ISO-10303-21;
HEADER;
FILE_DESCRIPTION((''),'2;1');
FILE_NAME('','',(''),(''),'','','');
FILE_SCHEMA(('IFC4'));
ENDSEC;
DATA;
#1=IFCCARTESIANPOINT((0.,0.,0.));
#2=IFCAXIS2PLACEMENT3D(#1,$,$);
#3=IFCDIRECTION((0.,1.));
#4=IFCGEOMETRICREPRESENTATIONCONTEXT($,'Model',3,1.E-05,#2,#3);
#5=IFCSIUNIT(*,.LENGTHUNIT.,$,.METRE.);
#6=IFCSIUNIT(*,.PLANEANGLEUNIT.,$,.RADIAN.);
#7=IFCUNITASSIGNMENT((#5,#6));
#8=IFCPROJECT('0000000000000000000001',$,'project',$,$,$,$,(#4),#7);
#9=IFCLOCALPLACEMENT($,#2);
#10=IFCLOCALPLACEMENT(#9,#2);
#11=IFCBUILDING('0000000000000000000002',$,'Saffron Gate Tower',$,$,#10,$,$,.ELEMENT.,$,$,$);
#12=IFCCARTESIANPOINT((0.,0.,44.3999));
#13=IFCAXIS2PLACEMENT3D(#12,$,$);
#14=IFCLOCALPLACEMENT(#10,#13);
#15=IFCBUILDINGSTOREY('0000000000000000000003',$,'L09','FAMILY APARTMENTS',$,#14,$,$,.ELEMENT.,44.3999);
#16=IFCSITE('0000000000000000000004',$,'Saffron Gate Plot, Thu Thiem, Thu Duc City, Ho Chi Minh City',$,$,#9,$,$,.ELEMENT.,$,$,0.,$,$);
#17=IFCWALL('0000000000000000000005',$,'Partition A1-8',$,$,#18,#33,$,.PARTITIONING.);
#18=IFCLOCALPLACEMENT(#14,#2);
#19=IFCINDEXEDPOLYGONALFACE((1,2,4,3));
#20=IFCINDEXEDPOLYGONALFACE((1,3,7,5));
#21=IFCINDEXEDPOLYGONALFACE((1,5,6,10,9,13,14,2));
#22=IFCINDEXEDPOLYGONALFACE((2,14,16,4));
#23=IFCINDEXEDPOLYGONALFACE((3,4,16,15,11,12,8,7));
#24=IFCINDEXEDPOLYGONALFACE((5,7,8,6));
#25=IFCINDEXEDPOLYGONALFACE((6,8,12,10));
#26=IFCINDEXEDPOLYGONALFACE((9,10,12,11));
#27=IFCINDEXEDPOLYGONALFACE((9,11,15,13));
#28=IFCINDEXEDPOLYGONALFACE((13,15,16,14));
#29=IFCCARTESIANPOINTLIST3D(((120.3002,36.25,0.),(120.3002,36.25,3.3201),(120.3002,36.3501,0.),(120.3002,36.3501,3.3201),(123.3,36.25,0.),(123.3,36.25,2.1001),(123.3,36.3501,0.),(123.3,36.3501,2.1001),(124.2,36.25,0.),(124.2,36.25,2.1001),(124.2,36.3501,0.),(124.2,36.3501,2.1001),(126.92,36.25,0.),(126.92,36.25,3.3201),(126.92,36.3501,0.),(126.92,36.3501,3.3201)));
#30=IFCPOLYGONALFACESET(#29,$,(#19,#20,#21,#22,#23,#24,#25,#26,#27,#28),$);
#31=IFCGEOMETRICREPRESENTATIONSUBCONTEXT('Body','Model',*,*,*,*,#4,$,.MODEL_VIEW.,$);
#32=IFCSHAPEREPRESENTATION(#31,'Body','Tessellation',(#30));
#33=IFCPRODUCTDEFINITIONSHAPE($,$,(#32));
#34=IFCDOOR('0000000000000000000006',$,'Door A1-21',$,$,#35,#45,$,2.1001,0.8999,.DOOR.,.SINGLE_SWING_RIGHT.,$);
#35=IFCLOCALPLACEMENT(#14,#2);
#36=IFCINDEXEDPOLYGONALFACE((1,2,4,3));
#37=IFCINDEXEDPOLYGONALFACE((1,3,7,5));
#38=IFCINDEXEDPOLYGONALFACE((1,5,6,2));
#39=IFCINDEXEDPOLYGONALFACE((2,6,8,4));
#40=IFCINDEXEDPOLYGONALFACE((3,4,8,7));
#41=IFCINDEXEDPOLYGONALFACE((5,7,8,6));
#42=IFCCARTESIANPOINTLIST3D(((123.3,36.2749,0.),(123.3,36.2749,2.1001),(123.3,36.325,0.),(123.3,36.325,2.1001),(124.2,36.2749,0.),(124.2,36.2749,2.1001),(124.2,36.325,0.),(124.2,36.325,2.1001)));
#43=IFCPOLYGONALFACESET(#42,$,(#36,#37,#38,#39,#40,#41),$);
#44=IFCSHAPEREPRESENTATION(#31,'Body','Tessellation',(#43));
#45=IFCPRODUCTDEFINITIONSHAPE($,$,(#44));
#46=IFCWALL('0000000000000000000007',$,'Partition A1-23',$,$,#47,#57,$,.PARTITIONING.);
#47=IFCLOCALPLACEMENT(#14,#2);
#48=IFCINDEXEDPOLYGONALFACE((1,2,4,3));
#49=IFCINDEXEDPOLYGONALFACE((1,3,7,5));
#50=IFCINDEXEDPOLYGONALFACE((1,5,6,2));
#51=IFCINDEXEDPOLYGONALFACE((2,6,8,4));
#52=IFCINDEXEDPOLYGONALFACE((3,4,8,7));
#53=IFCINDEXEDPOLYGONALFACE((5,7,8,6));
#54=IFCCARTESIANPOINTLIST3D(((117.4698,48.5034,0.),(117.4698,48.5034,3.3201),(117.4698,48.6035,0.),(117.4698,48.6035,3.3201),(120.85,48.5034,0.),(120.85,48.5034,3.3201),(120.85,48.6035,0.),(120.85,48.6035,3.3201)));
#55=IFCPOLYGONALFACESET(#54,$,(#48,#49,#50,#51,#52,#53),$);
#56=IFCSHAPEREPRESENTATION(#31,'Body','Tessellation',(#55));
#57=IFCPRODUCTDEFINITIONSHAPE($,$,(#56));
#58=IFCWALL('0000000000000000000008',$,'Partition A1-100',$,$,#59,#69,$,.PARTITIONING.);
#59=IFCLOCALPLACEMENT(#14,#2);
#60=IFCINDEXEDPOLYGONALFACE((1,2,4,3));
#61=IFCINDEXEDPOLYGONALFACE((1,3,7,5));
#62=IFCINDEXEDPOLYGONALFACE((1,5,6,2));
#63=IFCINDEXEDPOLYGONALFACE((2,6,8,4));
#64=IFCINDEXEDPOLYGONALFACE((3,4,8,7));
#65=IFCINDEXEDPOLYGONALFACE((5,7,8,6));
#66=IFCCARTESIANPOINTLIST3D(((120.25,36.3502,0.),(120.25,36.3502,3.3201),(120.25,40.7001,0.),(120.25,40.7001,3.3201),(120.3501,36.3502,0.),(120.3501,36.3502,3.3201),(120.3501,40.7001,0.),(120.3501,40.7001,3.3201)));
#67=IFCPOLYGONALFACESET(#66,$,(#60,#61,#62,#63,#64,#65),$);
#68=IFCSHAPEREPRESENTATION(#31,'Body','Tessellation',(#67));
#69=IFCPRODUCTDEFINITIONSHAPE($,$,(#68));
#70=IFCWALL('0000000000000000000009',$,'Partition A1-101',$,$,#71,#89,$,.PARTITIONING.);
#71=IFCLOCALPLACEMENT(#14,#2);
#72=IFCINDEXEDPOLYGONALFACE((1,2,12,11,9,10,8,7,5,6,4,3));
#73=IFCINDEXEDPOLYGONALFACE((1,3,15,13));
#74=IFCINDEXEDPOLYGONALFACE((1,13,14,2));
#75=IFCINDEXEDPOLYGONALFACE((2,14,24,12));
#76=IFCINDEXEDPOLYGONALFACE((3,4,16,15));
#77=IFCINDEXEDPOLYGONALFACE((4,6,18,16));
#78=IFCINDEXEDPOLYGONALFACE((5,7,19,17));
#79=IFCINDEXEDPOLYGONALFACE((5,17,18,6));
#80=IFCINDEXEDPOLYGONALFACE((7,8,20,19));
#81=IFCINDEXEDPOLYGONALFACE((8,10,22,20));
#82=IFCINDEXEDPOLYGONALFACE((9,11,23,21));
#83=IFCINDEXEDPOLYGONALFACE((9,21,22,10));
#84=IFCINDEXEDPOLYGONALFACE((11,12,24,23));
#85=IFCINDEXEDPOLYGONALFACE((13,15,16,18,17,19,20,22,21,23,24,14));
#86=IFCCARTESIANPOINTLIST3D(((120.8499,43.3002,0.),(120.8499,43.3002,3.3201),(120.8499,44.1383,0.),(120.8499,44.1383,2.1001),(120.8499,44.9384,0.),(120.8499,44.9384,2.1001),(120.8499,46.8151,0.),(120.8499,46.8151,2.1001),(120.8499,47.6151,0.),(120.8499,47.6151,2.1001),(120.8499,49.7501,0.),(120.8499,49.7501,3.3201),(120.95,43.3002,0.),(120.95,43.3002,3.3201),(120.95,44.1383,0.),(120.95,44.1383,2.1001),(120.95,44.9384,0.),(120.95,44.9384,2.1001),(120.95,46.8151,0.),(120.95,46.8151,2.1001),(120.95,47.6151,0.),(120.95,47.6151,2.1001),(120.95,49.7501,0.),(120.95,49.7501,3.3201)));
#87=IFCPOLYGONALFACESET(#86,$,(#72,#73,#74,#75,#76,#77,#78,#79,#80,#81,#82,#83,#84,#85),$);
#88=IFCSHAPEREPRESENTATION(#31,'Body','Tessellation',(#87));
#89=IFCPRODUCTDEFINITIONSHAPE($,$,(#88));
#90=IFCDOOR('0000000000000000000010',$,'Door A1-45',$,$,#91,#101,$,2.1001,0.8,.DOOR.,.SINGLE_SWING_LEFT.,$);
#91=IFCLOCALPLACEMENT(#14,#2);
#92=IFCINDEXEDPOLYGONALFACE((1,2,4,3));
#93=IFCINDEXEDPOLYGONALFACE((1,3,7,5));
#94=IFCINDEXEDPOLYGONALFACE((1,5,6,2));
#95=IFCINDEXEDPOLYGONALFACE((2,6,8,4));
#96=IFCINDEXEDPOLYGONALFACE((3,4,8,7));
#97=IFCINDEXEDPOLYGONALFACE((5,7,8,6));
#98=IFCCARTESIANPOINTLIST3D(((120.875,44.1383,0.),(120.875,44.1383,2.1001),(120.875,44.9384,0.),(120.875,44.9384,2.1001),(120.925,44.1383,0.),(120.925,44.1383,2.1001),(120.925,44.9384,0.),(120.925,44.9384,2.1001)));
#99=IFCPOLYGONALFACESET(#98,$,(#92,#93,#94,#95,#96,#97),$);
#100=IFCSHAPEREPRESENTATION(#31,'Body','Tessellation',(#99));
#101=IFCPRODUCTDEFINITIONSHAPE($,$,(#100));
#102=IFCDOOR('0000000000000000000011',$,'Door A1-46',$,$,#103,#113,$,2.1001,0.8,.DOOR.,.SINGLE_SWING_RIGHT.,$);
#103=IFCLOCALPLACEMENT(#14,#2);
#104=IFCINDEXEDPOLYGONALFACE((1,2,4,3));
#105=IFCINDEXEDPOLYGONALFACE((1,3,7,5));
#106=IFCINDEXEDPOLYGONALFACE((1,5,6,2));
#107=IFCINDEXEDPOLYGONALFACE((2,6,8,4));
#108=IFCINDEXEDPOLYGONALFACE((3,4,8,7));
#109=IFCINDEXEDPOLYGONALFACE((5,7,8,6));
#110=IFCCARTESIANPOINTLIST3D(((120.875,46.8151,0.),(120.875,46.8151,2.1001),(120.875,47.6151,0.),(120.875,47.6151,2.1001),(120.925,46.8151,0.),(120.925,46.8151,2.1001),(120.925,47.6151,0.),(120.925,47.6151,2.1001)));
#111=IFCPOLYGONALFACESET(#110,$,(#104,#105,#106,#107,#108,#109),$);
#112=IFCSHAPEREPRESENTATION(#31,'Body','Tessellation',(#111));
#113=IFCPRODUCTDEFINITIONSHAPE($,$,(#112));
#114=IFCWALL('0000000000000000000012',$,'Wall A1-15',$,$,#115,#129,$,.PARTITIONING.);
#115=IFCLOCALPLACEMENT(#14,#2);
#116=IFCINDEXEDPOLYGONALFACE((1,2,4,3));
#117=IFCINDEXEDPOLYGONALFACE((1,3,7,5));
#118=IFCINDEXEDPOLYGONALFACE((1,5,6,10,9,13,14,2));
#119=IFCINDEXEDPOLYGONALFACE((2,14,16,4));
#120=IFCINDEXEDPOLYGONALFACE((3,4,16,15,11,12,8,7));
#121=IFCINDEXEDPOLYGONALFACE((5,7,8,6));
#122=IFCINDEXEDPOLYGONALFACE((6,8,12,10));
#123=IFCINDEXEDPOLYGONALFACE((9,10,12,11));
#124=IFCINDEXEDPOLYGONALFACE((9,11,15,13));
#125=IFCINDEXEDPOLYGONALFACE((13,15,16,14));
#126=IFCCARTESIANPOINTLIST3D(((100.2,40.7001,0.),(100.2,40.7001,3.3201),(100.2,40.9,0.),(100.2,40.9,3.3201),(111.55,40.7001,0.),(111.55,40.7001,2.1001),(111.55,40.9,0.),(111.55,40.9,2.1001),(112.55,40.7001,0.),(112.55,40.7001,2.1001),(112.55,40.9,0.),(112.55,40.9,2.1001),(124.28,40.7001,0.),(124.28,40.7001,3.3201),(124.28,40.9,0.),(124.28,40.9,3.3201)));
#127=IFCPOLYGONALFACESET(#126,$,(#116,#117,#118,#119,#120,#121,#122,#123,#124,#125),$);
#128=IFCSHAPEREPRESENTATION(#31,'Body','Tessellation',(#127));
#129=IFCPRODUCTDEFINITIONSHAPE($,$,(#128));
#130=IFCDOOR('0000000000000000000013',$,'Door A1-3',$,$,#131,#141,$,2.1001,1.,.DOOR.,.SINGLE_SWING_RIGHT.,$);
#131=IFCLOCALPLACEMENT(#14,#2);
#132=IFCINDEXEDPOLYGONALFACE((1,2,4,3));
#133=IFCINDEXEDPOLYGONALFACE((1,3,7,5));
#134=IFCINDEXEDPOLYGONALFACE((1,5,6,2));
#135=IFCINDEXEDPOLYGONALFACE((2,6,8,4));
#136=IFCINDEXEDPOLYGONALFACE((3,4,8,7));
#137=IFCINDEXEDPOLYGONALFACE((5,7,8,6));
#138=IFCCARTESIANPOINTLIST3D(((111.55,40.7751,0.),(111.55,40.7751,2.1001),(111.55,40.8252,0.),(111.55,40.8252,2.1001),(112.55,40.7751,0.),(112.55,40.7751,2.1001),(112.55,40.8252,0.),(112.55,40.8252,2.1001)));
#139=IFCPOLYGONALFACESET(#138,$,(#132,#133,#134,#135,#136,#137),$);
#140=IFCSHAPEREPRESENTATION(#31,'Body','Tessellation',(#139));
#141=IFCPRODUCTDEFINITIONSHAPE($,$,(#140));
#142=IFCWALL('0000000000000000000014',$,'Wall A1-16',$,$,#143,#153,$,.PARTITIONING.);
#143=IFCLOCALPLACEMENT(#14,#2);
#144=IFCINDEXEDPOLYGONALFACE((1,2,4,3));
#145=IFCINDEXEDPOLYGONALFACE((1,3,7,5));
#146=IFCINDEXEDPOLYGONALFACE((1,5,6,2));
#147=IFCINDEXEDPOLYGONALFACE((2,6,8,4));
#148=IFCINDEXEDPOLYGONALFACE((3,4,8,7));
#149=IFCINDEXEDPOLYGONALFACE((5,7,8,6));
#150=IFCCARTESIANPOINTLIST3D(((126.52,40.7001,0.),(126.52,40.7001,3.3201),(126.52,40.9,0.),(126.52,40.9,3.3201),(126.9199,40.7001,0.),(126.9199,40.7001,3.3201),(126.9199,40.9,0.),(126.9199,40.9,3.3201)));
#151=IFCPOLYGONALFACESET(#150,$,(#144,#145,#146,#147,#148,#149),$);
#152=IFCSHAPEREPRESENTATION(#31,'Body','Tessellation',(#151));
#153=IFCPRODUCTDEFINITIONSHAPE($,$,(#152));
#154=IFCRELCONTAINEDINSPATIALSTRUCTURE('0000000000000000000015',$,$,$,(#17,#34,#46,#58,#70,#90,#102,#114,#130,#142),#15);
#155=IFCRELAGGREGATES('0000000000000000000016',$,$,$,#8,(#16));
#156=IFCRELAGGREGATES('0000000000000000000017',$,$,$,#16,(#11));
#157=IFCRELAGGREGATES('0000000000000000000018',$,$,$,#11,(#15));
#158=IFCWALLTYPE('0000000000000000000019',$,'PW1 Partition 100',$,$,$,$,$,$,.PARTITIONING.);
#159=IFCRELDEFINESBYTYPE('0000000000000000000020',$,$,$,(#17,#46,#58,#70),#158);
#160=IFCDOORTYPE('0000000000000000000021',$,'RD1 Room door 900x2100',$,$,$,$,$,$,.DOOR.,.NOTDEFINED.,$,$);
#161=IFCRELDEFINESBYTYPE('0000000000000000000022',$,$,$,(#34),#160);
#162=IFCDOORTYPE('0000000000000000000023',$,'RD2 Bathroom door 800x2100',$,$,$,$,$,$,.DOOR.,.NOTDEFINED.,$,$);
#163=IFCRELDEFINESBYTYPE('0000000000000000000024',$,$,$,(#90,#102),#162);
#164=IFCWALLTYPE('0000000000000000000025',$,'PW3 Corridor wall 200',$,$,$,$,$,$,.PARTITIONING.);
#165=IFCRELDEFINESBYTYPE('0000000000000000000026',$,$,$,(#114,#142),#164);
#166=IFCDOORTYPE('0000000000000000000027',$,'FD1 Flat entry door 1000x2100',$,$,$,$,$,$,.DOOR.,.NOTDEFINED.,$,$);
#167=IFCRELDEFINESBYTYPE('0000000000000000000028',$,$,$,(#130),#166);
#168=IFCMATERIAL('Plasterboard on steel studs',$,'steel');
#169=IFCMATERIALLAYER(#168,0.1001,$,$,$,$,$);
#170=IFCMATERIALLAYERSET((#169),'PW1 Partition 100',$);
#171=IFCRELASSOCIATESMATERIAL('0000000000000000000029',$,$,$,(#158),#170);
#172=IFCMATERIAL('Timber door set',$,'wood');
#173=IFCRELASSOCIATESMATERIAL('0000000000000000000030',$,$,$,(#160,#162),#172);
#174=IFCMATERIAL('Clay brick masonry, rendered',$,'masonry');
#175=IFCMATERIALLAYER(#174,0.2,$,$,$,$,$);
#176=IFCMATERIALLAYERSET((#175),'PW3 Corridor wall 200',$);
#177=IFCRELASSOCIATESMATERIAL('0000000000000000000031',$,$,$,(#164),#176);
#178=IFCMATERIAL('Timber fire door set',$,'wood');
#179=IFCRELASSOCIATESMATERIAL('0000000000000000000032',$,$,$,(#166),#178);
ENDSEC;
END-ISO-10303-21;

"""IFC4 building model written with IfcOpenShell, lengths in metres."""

from ifc_helpers import new_model, si_unit, direction, frame, frame_2d, origin, place, context, subcontext, project, spatial, rectangle, extrude, material, layer, layer_set, type_object, element, fill, save


model = new_model("IFC4")

# Units and contexts
model_context = context("Model", 3, precision=1e-05, world=origin(), true_north=direction((0.0, 1.0)))
body_context = subcontext(model_context, "Body", "Model", "MODEL_VIEW")
ifc_project = project(units=[si_unit("LENGTHUNIT", "METRE"), si_unit("PLANEANGLEUNIT", "RADIAN")], contexts=[model_context])

# Site, building, storey
site_placement = place(None, origin())
site = spatial("IfcSite", under=ifc_project, at=site_placement, Name="Saffron Gate Plot, Thu Thiem, Thu Duc City, Ho Chi Minh City", CompositionType="ELEMENT", RefElevation=0.0)
building_placement = place(site_placement, origin())
building = spatial("IfcBuilding", under=site, at=building_placement, Name="Saffron Gate Tower", CompositionType="ELEMENT")
storey_placement = place(building_placement, frame((0.0, 0.0, 44.3999)))
storey = spatial("IfcBuildingStorey", under=building, at=storey_placement, Name="L09", Description="FAMILY APARTMENTS", CompositionType="ELEMENT", Elevation=44.3999)

# Wall, opening, door
ifc_material_1 = material(Name="Plasterboard on steel studs", Category="steel")
ifc_layer_1 = layer(ifc_material_1, 0.1001)
ifc_layer_set_1 = layer_set([ifc_layer_1], Name="PW1 Partition 100")
wall_type_1 = type_object("IfcWallType", Name="PW1 Partition 100", PredefinedType="PARTITIONING", material=ifc_layer_set_1)
ifc_material_2 = material(Name="Timber door set", Category="wood")
door_type_1 = type_object("IfcDoorType", Name="RD1 Room door 900x2100", OperationType="NOTDEFINED", PredefinedType="DOOR", material=ifc_material_2)
wall_1_placement = place(storey_placement, frame((120.3, 36.3, 0.0), z_axis=(0.0, 0.0, 1.0), x_axis=(1.0, 0.0, 0.0)))
wall_1 = element("IfcWall", 1, at=wall_1_placement, inside=storey, type_object=wall_type_1, Name="Partition A1-8", PredefinedType="PARTITIONING", context=body_context, shape_type="SweptSolid", body=[
    extrude(rectangle(XDim=6.6199, YDim=0.1001, at=frame_2d((3.3101, 0.0))), origin(), (0.0, 0.0, 1.0), 3.3201),
])
opening_1_placement = place(wall_1_placement, frame((3.0, 0.0, 0.0)))
opening_1 = element("IfcOpeningElement", 2, at=opening_1_placement, cuts=wall_1, PredefinedType="OPENING", context=body_context, shape_type="SweptSolid", body=[
    extrude(rectangle(XDim=0.8999, YDim=2.1001, at=frame_2d((0.45, 1.05))), frame((0.0, 0.0601, 0.0), z_axis=(0.0, -1.0, 0.0), x_axis=(1.0, 0.0, 0.0)), (0.0, 0.0, 1.0), 0.1201),
])
door_1_placement = place(opening_1_placement, origin())
door_1 = element("IfcDoor", 3, at=door_1_placement, inside=storey, type_object=door_type_1, Name="Door A1-21", OperationType="SINGLE_SWING_RIGHT", OverallHeight=2.1001, OverallWidth=0.8999, PredefinedType="DOOR", context=body_context, shape_type="SweptSolid", body=[
    extrude(rectangle(XDim=0.8999, YDim=2.1001, at=frame_2d((0.45, 1.05))), frame((0.0, 0.0249, 0.0), z_axis=(0.0, -1.0, 0.0), x_axis=(1.0, 0.0, 0.0)), (0.0, 0.0, 1.0), 0.05),
])
fill(opening_1, door_1)

# Walls
wall_2_placement = place(storey_placement, frame((117.47, 48.5535, 0.0), z_axis=(0.0, 0.0, 1.0), x_axis=(1.0, 0.0, 0.0)))
element("IfcWall", 4, at=wall_2_placement, inside=storey, type_object=wall_type_1, Name="Partition A1-23", PredefinedType="PARTITIONING", context=body_context, shape_type="SweptSolid", body=[
    extrude(rectangle(XDim=3.3801, YDim=0.1001, at=frame_2d((1.6899, 0.0))), origin(), (0.0, 0.0, 1.0), 3.3201),
])
wall_3_placement = place(storey_placement, frame((120.3, 40.7, 0.0), z_axis=(0.0, 0.0, 1.0), x_axis=(0.0, -1.0, 0.0)))
element("IfcWall", 5, at=wall_3_placement, inside=storey, type_object=wall_type_1, Name="Partition A1-100", PredefinedType="PARTITIONING", context=body_context, shape_type="SweptSolid", body=[
    extrude(rectangle(XDim=4.3499, YDim=0.1001, at=frame_2d((2.1748, 0.0))), origin(), (0.0, 0.0, 1.0), 3.3201),
])

# Wall, openings, doors
wall_4_placement = place(storey_placement, frame((120.8999, 43.3, 0.0), z_axis=(0.0, 0.0, 1.0), x_axis=(0.0, 1.0, 0.0)))
wall_4 = element("IfcWall", 6, at=wall_4_placement, inside=storey, type_object=wall_type_1, Name="Partition A1-101", PredefinedType="PARTITIONING", context=body_context, shape_type="SweptSolid", body=[
    extrude(rectangle(XDim=6.45, YDim=0.1001, at=frame_2d((3.2251, 0.0))), origin(), (0.0, 0.0, 1.0), 3.3201),
])
opening_2_placement = place(wall_4_placement, frame((0.8384, 0.0, 0.0)))
opening_2 = element("IfcOpeningElement", 7, at=opening_2_placement, cuts=wall_4, PredefinedType="OPENING", context=body_context, shape_type="SweptSolid", body=[
    extrude(rectangle(XDim=0.8, YDim=2.1001, at=frame_2d((0.3999, 1.05))), frame((0.0, 0.0601, 0.0), z_axis=(0.0, -1.0, 0.0), x_axis=(1.0, 0.0, 0.0)), (0.0, 0.0, 1.0), 0.1201),
])
opening_3_placement = place(wall_4_placement, frame((3.5151, 0.0, 0.0)))
opening_3 = element("IfcOpeningElement", 8, at=opening_3_placement, cuts=wall_4, PredefinedType="OPENING", context=body_context, shape_type="SweptSolid", body=[
    extrude(rectangle(XDim=0.8, YDim=2.1001, at=frame_2d((0.3999, 1.05))), frame((0.0, 0.0601, 0.0), z_axis=(0.0, -1.0, 0.0), x_axis=(1.0, 0.0, 0.0)), (0.0, 0.0, 1.0), 0.1201),
])
door_type_2 = type_object("IfcDoorType", Name="RD2 Bathroom door 800x2100", OperationType="NOTDEFINED", PredefinedType="DOOR", material=ifc_material_2)
door_2_placement = place(opening_2_placement, origin())
door_2 = element("IfcDoor", 9, at=door_2_placement, inside=storey, type_object=door_type_2, Name="Door A1-45", OperationType="SINGLE_SWING_LEFT", OverallHeight=2.1001, OverallWidth=0.8, PredefinedType="DOOR", context=body_context, shape_type="SweptSolid", body=[
    extrude(rectangle(XDim=0.8, YDim=2.1001, at=frame_2d((0.3999, 1.05))), frame((0.0, 0.0249, 0.0), z_axis=(0.0, -1.0, 0.0), x_axis=(1.0, 0.0, 0.0)), (0.0, 0.0, 1.0), 0.05),
])
fill(opening_2, door_2)
door_3_placement = place(opening_3_placement, origin())
door_3 = element("IfcDoor", 10, at=door_3_placement, inside=storey, type_object=door_type_2, Name="Door A1-46", OperationType="SINGLE_SWING_RIGHT", OverallHeight=2.1001, OverallWidth=0.8, PredefinedType="DOOR", context=body_context, shape_type="SweptSolid", body=[
    extrude(rectangle(XDim=0.8, YDim=2.1001, at=frame_2d((0.3999, 1.05))), frame((0.0, 0.0249, 0.0), z_axis=(0.0, -1.0, 0.0), x_axis=(1.0, 0.0, 0.0)), (0.0, 0.0, 1.0), 0.05),
])
fill(opening_3, door_3)

# Wall, opening, door
ifc_material_3 = material(Name="Clay brick masonry, rendered", Category="masonry")
ifc_layer_2 = layer(ifc_material_3, 0.2)
ifc_layer_set_2 = layer_set([ifc_layer_2], Name="PW3 Corridor wall 200")
wall_type_2 = type_object("IfcWallType", Name="PW3 Corridor wall 200", PredefinedType="PARTITIONING", material=ifc_layer_set_2)
wall_5_placement = place(storey_placement, frame((124.28, 40.8, 0.0), z_axis=(0.0, 0.0, 1.0), x_axis=(-1.0, 0.0, 0.0)))
wall_5 = element("IfcWall", 11, at=wall_5_placement, inside=storey, type_object=wall_type_2, Name="Wall A1-15", PredefinedType="PARTITIONING", context=body_context, shape_type="SweptSolid", body=[
    extrude(rectangle(XDim=24.0801, YDim=0.2, at=frame_2d((12.04, 0.0))), origin(), (0.0, 0.0, 1.0), 3.3201),
])
opening_4_placement = place(wall_5_placement, frame((11.73, 0.0, 0.0)))
opening_4 = element("IfcOpeningElement", 12, at=opening_4_placement, cuts=wall_5, PredefinedType="OPENING", context=body_context, shape_type="SweptSolid", body=[
    extrude(rectangle(XDim=1.0, YDim=2.1001, at=frame_2d((0.5, 1.05))), frame((0.0, 0.1099, 0.0), z_axis=(0.0, -1.0, 0.0), x_axis=(1.0, 0.0, 0.0)), (0.0, 0.0, 1.0), 0.22),
])
ifc_material_4 = material(Name="Timber fire door set", Category="wood")
door_type_3 = type_object("IfcDoorType", Name="FD1 Flat entry door 1000x2100", OperationType="NOTDEFINED", PredefinedType="DOOR", material=ifc_material_4)
door_4_placement = place(opening_4_placement, origin())
door_4 = element("IfcDoor", 13, at=door_4_placement, inside=storey, type_object=door_type_3, Name="Door A1-3", OperationType="SINGLE_SWING_RIGHT", OverallHeight=2.1001, OverallWidth=1.0, PredefinedType="DOOR", context=body_context, shape_type="SweptSolid", body=[
    extrude(rectangle(XDim=1.0, YDim=2.1001, at=frame_2d((0.5, 1.05))), frame((0.0, 0.0249, 0.0), z_axis=(0.0, -1.0, 0.0), x_axis=(1.0, 0.0, 0.0)), (0.0, 0.0, 1.0), 0.05),
])
fill(opening_4, door_4)

# Wall
wall_6_placement = place(storey_placement, frame((126.52, 40.8, 0.0), z_axis=(0.0, 0.0, 1.0), x_axis=(1.0, 0.0, 0.0)))
element("IfcWall", 14, at=wall_6_placement, inside=storey, type_object=wall_type_2, Name="Wall A1-16", PredefinedType="PARTITIONING", context=body_context, shape_type="SweptSolid", body=[
    extrude(rectangle(XDim=0.3999, YDim=0.2, at=frame_2d((0.2, 0.0))), origin(), (0.0, 0.0, 1.0), 3.3201),
])

save(model, "model.ifc")
